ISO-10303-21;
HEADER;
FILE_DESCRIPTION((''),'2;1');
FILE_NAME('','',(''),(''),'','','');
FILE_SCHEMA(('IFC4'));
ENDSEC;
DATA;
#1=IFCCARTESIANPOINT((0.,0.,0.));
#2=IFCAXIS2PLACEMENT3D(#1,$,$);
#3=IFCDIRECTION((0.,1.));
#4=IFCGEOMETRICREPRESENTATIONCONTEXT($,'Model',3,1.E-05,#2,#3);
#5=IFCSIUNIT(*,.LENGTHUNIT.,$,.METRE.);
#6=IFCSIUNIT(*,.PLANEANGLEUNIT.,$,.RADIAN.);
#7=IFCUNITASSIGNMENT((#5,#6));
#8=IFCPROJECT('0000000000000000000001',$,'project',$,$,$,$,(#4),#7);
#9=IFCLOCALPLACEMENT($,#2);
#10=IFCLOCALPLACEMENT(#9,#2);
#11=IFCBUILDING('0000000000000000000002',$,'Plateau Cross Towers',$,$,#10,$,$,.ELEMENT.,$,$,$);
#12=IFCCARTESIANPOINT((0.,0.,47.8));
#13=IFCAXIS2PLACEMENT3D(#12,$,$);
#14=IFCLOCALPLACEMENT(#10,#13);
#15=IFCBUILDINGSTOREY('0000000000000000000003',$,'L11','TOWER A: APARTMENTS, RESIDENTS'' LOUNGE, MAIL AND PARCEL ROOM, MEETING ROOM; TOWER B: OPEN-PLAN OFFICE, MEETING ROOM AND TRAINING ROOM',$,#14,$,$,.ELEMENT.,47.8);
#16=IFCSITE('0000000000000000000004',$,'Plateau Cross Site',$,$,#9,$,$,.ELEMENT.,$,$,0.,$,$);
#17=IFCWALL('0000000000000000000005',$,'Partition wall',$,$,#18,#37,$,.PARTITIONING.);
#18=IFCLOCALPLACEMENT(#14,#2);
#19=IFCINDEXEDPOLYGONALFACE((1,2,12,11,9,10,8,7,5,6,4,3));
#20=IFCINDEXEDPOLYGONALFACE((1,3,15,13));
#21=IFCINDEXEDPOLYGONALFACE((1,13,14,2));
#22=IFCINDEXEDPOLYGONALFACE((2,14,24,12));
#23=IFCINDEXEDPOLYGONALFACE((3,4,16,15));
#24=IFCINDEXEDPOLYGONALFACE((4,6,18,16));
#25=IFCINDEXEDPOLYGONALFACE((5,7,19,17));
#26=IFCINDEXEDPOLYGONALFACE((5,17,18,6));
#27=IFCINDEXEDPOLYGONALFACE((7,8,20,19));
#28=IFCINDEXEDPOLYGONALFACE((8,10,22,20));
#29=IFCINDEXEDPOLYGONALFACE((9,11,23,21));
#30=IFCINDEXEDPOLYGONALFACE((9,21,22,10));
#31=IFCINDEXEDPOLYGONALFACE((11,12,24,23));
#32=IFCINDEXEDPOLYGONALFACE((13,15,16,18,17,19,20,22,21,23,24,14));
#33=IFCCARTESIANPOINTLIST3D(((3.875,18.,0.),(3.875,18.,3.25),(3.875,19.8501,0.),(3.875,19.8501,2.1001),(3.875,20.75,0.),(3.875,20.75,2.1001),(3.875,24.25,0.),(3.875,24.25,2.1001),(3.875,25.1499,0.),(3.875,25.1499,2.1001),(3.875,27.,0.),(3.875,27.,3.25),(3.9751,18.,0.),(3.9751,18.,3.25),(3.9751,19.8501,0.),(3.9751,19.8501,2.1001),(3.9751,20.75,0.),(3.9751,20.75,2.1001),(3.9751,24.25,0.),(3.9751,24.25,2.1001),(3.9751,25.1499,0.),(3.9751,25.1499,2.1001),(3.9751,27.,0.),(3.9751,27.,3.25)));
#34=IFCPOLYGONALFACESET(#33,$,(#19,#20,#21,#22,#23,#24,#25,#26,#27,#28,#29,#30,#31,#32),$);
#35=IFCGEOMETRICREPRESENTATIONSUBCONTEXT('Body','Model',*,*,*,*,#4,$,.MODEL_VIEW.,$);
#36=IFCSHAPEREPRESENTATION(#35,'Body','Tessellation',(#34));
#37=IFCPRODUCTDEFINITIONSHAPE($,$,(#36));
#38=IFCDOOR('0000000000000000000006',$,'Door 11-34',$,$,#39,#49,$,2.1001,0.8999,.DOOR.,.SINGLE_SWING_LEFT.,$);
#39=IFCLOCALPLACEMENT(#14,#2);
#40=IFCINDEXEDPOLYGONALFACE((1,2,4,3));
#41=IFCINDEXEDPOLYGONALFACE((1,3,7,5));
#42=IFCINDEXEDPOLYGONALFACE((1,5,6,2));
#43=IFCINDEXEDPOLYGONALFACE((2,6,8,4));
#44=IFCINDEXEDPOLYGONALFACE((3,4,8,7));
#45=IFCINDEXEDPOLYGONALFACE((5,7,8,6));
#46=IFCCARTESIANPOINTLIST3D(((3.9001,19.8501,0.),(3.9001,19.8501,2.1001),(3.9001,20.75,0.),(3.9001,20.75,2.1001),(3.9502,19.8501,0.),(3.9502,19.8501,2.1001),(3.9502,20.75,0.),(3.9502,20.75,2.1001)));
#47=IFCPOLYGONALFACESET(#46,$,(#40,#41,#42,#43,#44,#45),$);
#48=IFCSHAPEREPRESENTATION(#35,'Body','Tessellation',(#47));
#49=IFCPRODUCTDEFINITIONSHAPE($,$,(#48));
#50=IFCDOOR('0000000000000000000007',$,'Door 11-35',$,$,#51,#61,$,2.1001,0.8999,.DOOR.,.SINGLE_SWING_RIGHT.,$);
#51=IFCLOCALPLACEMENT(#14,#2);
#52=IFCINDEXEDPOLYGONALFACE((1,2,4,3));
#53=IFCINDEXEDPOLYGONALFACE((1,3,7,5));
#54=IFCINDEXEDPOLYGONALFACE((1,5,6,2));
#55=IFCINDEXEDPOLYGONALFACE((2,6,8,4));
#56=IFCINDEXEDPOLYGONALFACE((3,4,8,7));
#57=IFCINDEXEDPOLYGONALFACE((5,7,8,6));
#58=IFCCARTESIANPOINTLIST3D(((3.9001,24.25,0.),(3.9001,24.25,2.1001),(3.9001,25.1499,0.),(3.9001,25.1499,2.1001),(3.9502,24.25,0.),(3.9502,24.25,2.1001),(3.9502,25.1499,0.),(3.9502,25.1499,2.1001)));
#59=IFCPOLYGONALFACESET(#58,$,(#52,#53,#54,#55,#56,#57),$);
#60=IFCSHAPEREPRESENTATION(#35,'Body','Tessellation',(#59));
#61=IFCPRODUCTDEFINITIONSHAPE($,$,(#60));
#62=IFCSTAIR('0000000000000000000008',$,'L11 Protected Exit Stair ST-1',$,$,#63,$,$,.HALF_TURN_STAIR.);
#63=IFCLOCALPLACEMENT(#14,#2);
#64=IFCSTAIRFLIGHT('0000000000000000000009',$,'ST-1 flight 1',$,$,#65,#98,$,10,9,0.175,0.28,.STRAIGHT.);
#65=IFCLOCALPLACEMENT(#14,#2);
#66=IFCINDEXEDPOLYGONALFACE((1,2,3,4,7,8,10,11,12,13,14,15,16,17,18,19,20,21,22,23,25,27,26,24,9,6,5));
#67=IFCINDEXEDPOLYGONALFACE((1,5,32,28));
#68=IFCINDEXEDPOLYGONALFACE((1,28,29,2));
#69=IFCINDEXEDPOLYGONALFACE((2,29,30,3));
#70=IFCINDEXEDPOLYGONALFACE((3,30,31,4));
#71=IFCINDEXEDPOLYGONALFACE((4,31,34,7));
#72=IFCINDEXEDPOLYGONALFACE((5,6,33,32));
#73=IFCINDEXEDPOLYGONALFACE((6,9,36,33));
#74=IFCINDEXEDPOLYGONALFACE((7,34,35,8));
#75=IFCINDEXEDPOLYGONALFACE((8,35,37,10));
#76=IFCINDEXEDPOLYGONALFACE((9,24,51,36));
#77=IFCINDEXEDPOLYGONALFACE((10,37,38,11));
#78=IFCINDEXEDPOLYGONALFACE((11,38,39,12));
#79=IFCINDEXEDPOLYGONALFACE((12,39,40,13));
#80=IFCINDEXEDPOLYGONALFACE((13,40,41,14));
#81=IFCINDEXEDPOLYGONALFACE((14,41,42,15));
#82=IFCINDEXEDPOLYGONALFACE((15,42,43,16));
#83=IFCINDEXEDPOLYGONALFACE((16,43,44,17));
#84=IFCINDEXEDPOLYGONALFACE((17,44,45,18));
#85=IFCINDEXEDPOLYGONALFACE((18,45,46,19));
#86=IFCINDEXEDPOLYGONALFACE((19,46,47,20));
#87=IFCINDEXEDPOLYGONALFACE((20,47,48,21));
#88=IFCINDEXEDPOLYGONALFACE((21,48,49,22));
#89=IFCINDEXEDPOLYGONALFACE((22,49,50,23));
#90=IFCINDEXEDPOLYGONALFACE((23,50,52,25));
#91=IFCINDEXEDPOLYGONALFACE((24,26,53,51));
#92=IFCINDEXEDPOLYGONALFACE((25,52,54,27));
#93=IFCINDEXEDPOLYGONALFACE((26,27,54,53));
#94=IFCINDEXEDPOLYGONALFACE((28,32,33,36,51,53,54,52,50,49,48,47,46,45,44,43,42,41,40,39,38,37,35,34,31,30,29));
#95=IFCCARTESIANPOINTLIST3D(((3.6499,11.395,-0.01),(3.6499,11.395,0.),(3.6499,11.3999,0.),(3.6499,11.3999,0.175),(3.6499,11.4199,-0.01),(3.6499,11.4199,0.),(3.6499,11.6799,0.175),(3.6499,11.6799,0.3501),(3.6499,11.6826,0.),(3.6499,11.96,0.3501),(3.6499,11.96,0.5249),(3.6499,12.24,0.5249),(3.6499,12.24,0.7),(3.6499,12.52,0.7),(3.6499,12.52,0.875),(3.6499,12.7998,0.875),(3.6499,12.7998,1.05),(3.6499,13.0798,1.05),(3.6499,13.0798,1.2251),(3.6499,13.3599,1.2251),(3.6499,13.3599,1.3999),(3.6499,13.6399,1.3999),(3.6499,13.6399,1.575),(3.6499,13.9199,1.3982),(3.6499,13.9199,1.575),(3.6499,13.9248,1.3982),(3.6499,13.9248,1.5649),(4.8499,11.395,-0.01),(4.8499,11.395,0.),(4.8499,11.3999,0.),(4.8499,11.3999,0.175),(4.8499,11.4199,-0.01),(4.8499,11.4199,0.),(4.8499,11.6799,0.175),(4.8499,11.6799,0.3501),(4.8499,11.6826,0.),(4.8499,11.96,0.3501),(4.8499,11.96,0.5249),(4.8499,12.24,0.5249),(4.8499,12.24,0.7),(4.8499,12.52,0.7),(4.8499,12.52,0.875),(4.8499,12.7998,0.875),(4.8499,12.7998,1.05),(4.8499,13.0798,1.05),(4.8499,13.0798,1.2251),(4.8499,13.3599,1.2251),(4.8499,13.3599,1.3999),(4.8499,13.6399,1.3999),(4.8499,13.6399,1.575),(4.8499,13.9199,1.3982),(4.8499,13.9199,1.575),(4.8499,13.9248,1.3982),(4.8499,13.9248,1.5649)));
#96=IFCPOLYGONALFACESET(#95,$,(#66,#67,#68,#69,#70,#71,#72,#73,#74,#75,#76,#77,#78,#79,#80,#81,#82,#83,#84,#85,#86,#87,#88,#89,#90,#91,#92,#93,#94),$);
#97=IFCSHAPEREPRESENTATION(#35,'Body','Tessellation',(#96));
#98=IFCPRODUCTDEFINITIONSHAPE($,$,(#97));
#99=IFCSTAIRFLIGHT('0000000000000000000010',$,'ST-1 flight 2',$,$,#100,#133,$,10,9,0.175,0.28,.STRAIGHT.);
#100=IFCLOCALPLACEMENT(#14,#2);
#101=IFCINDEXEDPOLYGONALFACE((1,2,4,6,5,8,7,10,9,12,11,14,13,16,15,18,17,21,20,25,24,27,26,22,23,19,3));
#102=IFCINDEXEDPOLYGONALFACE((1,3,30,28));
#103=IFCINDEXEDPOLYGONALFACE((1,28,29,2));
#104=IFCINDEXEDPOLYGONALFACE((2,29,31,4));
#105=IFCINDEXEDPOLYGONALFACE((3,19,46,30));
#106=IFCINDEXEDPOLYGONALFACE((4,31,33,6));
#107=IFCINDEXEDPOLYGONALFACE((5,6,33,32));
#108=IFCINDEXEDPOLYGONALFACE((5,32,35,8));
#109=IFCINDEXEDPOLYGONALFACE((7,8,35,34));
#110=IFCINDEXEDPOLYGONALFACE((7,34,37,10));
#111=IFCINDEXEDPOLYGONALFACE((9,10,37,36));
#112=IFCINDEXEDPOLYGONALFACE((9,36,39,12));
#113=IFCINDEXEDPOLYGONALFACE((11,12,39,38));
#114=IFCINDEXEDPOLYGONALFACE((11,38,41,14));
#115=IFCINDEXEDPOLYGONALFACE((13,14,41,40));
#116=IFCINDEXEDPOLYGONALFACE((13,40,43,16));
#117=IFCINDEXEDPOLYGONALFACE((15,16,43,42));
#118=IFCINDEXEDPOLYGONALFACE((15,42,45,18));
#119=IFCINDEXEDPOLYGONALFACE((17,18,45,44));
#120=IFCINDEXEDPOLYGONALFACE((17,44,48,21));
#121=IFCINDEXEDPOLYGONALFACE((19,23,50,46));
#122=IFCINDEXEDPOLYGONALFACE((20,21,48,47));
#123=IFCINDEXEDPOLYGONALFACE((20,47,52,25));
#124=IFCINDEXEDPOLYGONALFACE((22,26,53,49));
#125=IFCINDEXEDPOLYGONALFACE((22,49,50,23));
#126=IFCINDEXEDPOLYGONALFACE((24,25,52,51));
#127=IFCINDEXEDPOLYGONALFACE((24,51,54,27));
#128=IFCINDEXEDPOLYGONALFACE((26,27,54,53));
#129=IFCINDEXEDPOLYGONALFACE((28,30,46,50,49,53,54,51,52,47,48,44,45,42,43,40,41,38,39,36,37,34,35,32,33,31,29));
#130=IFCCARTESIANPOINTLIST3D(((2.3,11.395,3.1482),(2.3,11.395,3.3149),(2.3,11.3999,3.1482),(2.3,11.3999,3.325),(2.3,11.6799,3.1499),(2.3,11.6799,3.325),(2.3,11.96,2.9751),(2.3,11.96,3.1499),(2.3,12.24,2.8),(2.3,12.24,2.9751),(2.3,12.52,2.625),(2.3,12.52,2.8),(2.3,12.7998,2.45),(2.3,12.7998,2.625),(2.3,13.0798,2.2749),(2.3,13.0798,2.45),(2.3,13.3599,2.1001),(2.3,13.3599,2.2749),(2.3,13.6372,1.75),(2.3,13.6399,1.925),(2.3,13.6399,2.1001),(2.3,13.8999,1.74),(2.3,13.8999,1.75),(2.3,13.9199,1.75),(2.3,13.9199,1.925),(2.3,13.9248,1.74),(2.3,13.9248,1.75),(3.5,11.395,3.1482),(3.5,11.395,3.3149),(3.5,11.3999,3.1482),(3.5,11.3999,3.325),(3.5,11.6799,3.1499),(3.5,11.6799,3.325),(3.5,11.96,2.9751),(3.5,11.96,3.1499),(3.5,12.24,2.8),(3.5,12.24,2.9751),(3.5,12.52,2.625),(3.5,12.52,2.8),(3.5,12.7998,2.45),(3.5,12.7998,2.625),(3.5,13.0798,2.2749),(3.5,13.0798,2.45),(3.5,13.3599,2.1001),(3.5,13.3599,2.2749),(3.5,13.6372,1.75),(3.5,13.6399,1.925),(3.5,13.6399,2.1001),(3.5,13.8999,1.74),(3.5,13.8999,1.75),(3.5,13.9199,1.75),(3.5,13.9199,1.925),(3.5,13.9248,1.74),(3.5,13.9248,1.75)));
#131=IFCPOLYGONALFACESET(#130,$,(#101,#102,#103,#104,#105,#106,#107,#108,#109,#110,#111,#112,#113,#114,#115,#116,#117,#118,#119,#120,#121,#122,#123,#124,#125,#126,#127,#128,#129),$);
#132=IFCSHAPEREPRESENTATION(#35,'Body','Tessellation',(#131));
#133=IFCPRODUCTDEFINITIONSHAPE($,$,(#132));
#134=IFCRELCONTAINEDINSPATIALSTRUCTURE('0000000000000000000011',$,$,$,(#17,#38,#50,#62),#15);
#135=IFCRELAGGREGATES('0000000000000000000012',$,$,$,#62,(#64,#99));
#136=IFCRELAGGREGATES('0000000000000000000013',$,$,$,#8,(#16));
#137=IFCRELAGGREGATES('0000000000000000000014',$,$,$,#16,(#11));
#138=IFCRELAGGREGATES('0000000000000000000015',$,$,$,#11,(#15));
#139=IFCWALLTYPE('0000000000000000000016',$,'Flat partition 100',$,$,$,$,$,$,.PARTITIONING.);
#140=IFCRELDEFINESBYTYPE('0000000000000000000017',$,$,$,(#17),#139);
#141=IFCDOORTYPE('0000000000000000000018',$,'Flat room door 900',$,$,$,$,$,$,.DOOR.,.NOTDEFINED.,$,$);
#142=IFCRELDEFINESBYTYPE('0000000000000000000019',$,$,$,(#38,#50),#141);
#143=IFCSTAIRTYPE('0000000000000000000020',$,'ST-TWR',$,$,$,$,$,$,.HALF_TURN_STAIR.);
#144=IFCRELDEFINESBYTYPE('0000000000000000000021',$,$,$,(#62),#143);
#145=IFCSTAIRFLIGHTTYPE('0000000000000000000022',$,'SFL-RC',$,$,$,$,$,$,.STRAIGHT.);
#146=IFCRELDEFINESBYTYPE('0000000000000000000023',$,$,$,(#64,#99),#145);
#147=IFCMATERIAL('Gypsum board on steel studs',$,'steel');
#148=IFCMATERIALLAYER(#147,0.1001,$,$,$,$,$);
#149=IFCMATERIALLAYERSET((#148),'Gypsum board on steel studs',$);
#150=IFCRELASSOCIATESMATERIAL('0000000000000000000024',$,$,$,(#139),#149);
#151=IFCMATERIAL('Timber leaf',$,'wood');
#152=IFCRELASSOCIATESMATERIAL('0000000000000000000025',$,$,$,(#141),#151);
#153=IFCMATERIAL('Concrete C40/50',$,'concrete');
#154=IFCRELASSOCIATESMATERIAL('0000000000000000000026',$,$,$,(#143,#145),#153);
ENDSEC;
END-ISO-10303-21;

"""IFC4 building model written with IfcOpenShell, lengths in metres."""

from ifc_helpers import new_model, si_unit, direction, frame, frame_2d, origin, place, context, subcontext, project, spatial, polyline, rectangle, outline, extrude, material, layer, layer_set, type_object, element, fill, aggregate, save


model = new_model("IFC4")

# Units and contexts
model_context = context("Model", 3, precision=1e-05, world=origin(), true_north=direction((0.0, 1.0)))
body_context = subcontext(model_context, "Body", "Model", "MODEL_VIEW")
ifc_project = project(units=[si_unit("LENGTHUNIT", "METRE"), si_unit("PLANEANGLEUNIT", "RADIAN")], contexts=[model_context])

# Site, building, storey
site_placement = place(None, origin())
site = spatial("IfcSite", under=ifc_project, at=site_placement, Name="Plateau Cross Site", CompositionType="ELEMENT", RefElevation=0.0)
building_placement = place(site_placement, origin())
building = spatial("IfcBuilding", under=site, at=building_placement, Name="Plateau Cross Towers", CompositionType="ELEMENT")
storey_placement = place(building_placement, frame((0.0, 0.0, 47.8)))
storey = spatial("IfcBuildingStorey", under=building, at=storey_placement, Name="L11", Description="TOWER A: APARTMENTS, RESIDENTS' LOUNGE, MAIL AND PARCEL ROOM, MEETING ROOM; TOWER B: OPEN-PLAN OFFICE, MEETING ROOM AND TRAINING ROOM", CompositionType="ELEMENT", Elevation=47.8)

# Wall, openings, doors
ifc_material_1 = material(Name="Gypsum board on steel studs", Category="steel")
ifc_layer_1 = layer(ifc_material_1, 0.1001)
ifc_layer_set_1 = layer_set([ifc_layer_1], Name="Gypsum board on steel studs")
wall_type_1 = type_object("IfcWallType", Name="Flat partition 100", PredefinedType="PARTITIONING", material=ifc_layer_set_1)
wall_1_placement = place(storey_placement, frame((3.925, 18.0, 0.0), z_axis=(0.0, 0.0, 1.0), x_axis=(0.0, 1.0, 0.0)))
wall_1 = element("IfcWall", 1, at=wall_1_placement, inside=storey, type_object=wall_type_1, Name="Partition wall", PredefinedType="PARTITIONING", context=body_context, shape_type="SweptSolid", body=[
    extrude(rectangle(XDim=9.0, YDim=0.1001, at=frame_2d((4.5, 0.0))), origin(), (0.0, 0.0, 1.0), 3.25),
])
opening_1_placement = place(wall_1_placement, frame((1.8501, 0.0, 0.0)))
opening_1 = element("IfcOpeningElement", 2, at=opening_1_placement, cuts=wall_1, PredefinedType="OPENING", context=body_context, shape_type="SweptSolid", body=[
    extrude(rectangle(XDim=0.8999, YDim=2.1001, at=frame_2d((0.45, 1.05))), frame((0.0, 0.0601, 0.0), z_axis=(0.0, -1.0, 0.0), x_axis=(1.0, 0.0, 0.0)), (0.0, 0.0, 1.0), 0.1201),
])
opening_2_placement = place(wall_1_placement, frame((6.25, 0.0, 0.0)))
opening_2 = element("IfcOpeningElement", 3, at=opening_2_placement, cuts=wall_1, PredefinedType="OPENING", context=body_context, shape_type="SweptSolid", body=[
    extrude(rectangle(XDim=0.8999, YDim=2.1001, at=frame_2d((0.45, 1.05))), frame((0.0, 0.0601, 0.0), z_axis=(0.0, -1.0, 0.0), x_axis=(1.0, 0.0, 0.0)), (0.0, 0.0, 1.0), 0.1201),
])
ifc_material_2 = material(Name="Timber leaf", Category="wood")
door_type_1 = type_object("IfcDoorType", Name="Flat room door 900", OperationType="NOTDEFINED", PredefinedType="DOOR", material=ifc_material_2)
door_1_placement = place(opening_1_placement, origin())
door_1 = element("IfcDoor", 4, at=door_1_placement, inside=storey, type_object=door_type_1, Name="Door 11-34", OperationType="SINGLE_SWING_LEFT", OverallHeight=2.1001, OverallWidth=0.8999, PredefinedType="DOOR", context=body_context, shape_type="SweptSolid", body=[
    extrude(rectangle(XDim=0.8999, YDim=2.1001, at=frame_2d((0.45, 1.05))), frame((0.0, 0.0249, 0.0), z_axis=(0.0, -1.0, 0.0), x_axis=(1.0, 0.0, 0.0)), (0.0, 0.0, 1.0), 0.05),
])
fill(opening_1, door_1)
door_2_placement = place(opening_2_placement, origin())
door_2 = element("IfcDoor", 5, at=door_2_placement, inside=storey, type_object=door_type_1, Name="Door 11-35", OperationType="SINGLE_SWING_RIGHT", OverallHeight=2.1001, OverallWidth=0.8999, PredefinedType="DOOR", context=body_context, shape_type="SweptSolid", body=[
    extrude(rectangle(XDim=0.8999, YDim=2.1001, at=frame_2d((0.45, 1.05))), frame((0.0, 0.0249, 0.0), z_axis=(0.0, -1.0, 0.0), x_axis=(1.0, 0.0, 0.0)), (0.0, 0.0, 1.0), 0.05),
])
fill(opening_2, door_2)

# Stair, stair flights
ifc_material_3 = material(Name="Concrete C40/50", Category="concrete")
stair_type = type_object("IfcStairType", Name="ST-TWR", PredefinedType="HALF_TURN_STAIR", material=ifc_material_3)
stair_placement = place(storey_placement, origin())
stair = element("IfcStair", 6, at=stair_placement, inside=storey, type_object=stair_type, Name="L11 Protected Exit Stair ST-1", PredefinedType="HALF_TURN_STAIR")
stair_flight_type = type_object("IfcStairFlightType", Name="SFL-RC", PredefinedType="STRAIGHT", material=ifc_material_3)
stair_flight_1_placement = place(storey_placement, frame((4.25, 11.3999, 0.0), z_axis=(0.0, 0.0, 1.0), x_axis=(0.0, 1.0, 0.0)))
stair_flight_1 = element("IfcStairFlight", 7, at=stair_flight_1_placement, type_object=stair_flight_type, Name="ST-1 flight 1", NumberOfRisers=10, NumberOfTreads=9, PredefinedType="STRAIGHT", RiserHeight=0.175, TreadLength=0.28, context=body_context, shape_type="SweptSolid", body=[
    extrude(outline(polyline([(-0.0049, -0.01), (-0.0049, 0.0), (0.0, 0.0), (0.0, 0.175), (0.28, 0.175), (0.28, 0.3501), (0.5601, 0.3501), (0.5601, 0.5249), (0.8401, 0.5249), (0.8401, 0.7), (1.1201, 0.7), (1.1201, 0.875), (1.3999, 0.875), (1.3999, 1.05), (1.6799, 1.05), (1.6799, 1.2251), (1.96, 1.2251), (1.96, 1.3999), (2.24, 1.3999), (2.24, 1.575), (2.52, 1.575), (2.5249, 1.5649), (2.5249, 1.3982), (2.52, 1.3982), (0.2827, 0.0), (0.02, 0.0), (0.02, -0.01), (-0.0049, -0.01)])), frame((0.0, 0.6001, 0.0), z_axis=(0.0, -1.0, 0.0), x_axis=(1.0, 0.0, 0.0)), (0.0, 0.0, 1.0), 1.2),
])
stair_flight_2_placement = place(storey_placement, frame((2.8999, 13.9199, 1.75), z_axis=(0.0, 0.0, 1.0), x_axis=(0.0, -1.0, 0.0)))
stair_flight_2 = element("IfcStairFlight", 8, at=stair_flight_2_placement, type_object=stair_flight_type, Name="ST-1 flight 2", NumberOfRisers=10, NumberOfTreads=9, PredefinedType="STRAIGHT", RiserHeight=0.175, TreadLength=0.28, context=body_context, shape_type="SweptSolid", body=[
    extrude(outline(polyline([(-0.0049, -0.01), (-0.0049, 0.0), (0.0, 0.0), (0.0, 0.175), (0.28, 0.175), (0.28, 0.3501), (0.5601, 0.3501), (0.5601, 0.5249), (0.8401, 0.5249), (0.8401, 0.7), (1.1201, 0.7), (1.1201, 0.875), (1.3999, 0.875), (1.3999, 1.05), (1.6799, 1.05), (1.6799, 1.2251), (1.96, 1.2251), (1.96, 1.3999), (2.24, 1.3999), (2.24, 1.575), (2.52, 1.575), (2.5249, 1.5649), (2.5249, 1.3982), (2.52, 1.3982), (0.2827, 0.0), (0.02, 0.0), (0.02, -0.01), (-0.0049, -0.01)])), frame((0.0, 0.6001, 0.0), z_axis=(0.0, -1.0, 0.0), x_axis=(1.0, 0.0, 0.0)), (0.0, 0.0, 1.0), 1.2),
])
aggregate(stair, [stair_flight_1, stair_flight_2])

save(model, "model.ifc")
